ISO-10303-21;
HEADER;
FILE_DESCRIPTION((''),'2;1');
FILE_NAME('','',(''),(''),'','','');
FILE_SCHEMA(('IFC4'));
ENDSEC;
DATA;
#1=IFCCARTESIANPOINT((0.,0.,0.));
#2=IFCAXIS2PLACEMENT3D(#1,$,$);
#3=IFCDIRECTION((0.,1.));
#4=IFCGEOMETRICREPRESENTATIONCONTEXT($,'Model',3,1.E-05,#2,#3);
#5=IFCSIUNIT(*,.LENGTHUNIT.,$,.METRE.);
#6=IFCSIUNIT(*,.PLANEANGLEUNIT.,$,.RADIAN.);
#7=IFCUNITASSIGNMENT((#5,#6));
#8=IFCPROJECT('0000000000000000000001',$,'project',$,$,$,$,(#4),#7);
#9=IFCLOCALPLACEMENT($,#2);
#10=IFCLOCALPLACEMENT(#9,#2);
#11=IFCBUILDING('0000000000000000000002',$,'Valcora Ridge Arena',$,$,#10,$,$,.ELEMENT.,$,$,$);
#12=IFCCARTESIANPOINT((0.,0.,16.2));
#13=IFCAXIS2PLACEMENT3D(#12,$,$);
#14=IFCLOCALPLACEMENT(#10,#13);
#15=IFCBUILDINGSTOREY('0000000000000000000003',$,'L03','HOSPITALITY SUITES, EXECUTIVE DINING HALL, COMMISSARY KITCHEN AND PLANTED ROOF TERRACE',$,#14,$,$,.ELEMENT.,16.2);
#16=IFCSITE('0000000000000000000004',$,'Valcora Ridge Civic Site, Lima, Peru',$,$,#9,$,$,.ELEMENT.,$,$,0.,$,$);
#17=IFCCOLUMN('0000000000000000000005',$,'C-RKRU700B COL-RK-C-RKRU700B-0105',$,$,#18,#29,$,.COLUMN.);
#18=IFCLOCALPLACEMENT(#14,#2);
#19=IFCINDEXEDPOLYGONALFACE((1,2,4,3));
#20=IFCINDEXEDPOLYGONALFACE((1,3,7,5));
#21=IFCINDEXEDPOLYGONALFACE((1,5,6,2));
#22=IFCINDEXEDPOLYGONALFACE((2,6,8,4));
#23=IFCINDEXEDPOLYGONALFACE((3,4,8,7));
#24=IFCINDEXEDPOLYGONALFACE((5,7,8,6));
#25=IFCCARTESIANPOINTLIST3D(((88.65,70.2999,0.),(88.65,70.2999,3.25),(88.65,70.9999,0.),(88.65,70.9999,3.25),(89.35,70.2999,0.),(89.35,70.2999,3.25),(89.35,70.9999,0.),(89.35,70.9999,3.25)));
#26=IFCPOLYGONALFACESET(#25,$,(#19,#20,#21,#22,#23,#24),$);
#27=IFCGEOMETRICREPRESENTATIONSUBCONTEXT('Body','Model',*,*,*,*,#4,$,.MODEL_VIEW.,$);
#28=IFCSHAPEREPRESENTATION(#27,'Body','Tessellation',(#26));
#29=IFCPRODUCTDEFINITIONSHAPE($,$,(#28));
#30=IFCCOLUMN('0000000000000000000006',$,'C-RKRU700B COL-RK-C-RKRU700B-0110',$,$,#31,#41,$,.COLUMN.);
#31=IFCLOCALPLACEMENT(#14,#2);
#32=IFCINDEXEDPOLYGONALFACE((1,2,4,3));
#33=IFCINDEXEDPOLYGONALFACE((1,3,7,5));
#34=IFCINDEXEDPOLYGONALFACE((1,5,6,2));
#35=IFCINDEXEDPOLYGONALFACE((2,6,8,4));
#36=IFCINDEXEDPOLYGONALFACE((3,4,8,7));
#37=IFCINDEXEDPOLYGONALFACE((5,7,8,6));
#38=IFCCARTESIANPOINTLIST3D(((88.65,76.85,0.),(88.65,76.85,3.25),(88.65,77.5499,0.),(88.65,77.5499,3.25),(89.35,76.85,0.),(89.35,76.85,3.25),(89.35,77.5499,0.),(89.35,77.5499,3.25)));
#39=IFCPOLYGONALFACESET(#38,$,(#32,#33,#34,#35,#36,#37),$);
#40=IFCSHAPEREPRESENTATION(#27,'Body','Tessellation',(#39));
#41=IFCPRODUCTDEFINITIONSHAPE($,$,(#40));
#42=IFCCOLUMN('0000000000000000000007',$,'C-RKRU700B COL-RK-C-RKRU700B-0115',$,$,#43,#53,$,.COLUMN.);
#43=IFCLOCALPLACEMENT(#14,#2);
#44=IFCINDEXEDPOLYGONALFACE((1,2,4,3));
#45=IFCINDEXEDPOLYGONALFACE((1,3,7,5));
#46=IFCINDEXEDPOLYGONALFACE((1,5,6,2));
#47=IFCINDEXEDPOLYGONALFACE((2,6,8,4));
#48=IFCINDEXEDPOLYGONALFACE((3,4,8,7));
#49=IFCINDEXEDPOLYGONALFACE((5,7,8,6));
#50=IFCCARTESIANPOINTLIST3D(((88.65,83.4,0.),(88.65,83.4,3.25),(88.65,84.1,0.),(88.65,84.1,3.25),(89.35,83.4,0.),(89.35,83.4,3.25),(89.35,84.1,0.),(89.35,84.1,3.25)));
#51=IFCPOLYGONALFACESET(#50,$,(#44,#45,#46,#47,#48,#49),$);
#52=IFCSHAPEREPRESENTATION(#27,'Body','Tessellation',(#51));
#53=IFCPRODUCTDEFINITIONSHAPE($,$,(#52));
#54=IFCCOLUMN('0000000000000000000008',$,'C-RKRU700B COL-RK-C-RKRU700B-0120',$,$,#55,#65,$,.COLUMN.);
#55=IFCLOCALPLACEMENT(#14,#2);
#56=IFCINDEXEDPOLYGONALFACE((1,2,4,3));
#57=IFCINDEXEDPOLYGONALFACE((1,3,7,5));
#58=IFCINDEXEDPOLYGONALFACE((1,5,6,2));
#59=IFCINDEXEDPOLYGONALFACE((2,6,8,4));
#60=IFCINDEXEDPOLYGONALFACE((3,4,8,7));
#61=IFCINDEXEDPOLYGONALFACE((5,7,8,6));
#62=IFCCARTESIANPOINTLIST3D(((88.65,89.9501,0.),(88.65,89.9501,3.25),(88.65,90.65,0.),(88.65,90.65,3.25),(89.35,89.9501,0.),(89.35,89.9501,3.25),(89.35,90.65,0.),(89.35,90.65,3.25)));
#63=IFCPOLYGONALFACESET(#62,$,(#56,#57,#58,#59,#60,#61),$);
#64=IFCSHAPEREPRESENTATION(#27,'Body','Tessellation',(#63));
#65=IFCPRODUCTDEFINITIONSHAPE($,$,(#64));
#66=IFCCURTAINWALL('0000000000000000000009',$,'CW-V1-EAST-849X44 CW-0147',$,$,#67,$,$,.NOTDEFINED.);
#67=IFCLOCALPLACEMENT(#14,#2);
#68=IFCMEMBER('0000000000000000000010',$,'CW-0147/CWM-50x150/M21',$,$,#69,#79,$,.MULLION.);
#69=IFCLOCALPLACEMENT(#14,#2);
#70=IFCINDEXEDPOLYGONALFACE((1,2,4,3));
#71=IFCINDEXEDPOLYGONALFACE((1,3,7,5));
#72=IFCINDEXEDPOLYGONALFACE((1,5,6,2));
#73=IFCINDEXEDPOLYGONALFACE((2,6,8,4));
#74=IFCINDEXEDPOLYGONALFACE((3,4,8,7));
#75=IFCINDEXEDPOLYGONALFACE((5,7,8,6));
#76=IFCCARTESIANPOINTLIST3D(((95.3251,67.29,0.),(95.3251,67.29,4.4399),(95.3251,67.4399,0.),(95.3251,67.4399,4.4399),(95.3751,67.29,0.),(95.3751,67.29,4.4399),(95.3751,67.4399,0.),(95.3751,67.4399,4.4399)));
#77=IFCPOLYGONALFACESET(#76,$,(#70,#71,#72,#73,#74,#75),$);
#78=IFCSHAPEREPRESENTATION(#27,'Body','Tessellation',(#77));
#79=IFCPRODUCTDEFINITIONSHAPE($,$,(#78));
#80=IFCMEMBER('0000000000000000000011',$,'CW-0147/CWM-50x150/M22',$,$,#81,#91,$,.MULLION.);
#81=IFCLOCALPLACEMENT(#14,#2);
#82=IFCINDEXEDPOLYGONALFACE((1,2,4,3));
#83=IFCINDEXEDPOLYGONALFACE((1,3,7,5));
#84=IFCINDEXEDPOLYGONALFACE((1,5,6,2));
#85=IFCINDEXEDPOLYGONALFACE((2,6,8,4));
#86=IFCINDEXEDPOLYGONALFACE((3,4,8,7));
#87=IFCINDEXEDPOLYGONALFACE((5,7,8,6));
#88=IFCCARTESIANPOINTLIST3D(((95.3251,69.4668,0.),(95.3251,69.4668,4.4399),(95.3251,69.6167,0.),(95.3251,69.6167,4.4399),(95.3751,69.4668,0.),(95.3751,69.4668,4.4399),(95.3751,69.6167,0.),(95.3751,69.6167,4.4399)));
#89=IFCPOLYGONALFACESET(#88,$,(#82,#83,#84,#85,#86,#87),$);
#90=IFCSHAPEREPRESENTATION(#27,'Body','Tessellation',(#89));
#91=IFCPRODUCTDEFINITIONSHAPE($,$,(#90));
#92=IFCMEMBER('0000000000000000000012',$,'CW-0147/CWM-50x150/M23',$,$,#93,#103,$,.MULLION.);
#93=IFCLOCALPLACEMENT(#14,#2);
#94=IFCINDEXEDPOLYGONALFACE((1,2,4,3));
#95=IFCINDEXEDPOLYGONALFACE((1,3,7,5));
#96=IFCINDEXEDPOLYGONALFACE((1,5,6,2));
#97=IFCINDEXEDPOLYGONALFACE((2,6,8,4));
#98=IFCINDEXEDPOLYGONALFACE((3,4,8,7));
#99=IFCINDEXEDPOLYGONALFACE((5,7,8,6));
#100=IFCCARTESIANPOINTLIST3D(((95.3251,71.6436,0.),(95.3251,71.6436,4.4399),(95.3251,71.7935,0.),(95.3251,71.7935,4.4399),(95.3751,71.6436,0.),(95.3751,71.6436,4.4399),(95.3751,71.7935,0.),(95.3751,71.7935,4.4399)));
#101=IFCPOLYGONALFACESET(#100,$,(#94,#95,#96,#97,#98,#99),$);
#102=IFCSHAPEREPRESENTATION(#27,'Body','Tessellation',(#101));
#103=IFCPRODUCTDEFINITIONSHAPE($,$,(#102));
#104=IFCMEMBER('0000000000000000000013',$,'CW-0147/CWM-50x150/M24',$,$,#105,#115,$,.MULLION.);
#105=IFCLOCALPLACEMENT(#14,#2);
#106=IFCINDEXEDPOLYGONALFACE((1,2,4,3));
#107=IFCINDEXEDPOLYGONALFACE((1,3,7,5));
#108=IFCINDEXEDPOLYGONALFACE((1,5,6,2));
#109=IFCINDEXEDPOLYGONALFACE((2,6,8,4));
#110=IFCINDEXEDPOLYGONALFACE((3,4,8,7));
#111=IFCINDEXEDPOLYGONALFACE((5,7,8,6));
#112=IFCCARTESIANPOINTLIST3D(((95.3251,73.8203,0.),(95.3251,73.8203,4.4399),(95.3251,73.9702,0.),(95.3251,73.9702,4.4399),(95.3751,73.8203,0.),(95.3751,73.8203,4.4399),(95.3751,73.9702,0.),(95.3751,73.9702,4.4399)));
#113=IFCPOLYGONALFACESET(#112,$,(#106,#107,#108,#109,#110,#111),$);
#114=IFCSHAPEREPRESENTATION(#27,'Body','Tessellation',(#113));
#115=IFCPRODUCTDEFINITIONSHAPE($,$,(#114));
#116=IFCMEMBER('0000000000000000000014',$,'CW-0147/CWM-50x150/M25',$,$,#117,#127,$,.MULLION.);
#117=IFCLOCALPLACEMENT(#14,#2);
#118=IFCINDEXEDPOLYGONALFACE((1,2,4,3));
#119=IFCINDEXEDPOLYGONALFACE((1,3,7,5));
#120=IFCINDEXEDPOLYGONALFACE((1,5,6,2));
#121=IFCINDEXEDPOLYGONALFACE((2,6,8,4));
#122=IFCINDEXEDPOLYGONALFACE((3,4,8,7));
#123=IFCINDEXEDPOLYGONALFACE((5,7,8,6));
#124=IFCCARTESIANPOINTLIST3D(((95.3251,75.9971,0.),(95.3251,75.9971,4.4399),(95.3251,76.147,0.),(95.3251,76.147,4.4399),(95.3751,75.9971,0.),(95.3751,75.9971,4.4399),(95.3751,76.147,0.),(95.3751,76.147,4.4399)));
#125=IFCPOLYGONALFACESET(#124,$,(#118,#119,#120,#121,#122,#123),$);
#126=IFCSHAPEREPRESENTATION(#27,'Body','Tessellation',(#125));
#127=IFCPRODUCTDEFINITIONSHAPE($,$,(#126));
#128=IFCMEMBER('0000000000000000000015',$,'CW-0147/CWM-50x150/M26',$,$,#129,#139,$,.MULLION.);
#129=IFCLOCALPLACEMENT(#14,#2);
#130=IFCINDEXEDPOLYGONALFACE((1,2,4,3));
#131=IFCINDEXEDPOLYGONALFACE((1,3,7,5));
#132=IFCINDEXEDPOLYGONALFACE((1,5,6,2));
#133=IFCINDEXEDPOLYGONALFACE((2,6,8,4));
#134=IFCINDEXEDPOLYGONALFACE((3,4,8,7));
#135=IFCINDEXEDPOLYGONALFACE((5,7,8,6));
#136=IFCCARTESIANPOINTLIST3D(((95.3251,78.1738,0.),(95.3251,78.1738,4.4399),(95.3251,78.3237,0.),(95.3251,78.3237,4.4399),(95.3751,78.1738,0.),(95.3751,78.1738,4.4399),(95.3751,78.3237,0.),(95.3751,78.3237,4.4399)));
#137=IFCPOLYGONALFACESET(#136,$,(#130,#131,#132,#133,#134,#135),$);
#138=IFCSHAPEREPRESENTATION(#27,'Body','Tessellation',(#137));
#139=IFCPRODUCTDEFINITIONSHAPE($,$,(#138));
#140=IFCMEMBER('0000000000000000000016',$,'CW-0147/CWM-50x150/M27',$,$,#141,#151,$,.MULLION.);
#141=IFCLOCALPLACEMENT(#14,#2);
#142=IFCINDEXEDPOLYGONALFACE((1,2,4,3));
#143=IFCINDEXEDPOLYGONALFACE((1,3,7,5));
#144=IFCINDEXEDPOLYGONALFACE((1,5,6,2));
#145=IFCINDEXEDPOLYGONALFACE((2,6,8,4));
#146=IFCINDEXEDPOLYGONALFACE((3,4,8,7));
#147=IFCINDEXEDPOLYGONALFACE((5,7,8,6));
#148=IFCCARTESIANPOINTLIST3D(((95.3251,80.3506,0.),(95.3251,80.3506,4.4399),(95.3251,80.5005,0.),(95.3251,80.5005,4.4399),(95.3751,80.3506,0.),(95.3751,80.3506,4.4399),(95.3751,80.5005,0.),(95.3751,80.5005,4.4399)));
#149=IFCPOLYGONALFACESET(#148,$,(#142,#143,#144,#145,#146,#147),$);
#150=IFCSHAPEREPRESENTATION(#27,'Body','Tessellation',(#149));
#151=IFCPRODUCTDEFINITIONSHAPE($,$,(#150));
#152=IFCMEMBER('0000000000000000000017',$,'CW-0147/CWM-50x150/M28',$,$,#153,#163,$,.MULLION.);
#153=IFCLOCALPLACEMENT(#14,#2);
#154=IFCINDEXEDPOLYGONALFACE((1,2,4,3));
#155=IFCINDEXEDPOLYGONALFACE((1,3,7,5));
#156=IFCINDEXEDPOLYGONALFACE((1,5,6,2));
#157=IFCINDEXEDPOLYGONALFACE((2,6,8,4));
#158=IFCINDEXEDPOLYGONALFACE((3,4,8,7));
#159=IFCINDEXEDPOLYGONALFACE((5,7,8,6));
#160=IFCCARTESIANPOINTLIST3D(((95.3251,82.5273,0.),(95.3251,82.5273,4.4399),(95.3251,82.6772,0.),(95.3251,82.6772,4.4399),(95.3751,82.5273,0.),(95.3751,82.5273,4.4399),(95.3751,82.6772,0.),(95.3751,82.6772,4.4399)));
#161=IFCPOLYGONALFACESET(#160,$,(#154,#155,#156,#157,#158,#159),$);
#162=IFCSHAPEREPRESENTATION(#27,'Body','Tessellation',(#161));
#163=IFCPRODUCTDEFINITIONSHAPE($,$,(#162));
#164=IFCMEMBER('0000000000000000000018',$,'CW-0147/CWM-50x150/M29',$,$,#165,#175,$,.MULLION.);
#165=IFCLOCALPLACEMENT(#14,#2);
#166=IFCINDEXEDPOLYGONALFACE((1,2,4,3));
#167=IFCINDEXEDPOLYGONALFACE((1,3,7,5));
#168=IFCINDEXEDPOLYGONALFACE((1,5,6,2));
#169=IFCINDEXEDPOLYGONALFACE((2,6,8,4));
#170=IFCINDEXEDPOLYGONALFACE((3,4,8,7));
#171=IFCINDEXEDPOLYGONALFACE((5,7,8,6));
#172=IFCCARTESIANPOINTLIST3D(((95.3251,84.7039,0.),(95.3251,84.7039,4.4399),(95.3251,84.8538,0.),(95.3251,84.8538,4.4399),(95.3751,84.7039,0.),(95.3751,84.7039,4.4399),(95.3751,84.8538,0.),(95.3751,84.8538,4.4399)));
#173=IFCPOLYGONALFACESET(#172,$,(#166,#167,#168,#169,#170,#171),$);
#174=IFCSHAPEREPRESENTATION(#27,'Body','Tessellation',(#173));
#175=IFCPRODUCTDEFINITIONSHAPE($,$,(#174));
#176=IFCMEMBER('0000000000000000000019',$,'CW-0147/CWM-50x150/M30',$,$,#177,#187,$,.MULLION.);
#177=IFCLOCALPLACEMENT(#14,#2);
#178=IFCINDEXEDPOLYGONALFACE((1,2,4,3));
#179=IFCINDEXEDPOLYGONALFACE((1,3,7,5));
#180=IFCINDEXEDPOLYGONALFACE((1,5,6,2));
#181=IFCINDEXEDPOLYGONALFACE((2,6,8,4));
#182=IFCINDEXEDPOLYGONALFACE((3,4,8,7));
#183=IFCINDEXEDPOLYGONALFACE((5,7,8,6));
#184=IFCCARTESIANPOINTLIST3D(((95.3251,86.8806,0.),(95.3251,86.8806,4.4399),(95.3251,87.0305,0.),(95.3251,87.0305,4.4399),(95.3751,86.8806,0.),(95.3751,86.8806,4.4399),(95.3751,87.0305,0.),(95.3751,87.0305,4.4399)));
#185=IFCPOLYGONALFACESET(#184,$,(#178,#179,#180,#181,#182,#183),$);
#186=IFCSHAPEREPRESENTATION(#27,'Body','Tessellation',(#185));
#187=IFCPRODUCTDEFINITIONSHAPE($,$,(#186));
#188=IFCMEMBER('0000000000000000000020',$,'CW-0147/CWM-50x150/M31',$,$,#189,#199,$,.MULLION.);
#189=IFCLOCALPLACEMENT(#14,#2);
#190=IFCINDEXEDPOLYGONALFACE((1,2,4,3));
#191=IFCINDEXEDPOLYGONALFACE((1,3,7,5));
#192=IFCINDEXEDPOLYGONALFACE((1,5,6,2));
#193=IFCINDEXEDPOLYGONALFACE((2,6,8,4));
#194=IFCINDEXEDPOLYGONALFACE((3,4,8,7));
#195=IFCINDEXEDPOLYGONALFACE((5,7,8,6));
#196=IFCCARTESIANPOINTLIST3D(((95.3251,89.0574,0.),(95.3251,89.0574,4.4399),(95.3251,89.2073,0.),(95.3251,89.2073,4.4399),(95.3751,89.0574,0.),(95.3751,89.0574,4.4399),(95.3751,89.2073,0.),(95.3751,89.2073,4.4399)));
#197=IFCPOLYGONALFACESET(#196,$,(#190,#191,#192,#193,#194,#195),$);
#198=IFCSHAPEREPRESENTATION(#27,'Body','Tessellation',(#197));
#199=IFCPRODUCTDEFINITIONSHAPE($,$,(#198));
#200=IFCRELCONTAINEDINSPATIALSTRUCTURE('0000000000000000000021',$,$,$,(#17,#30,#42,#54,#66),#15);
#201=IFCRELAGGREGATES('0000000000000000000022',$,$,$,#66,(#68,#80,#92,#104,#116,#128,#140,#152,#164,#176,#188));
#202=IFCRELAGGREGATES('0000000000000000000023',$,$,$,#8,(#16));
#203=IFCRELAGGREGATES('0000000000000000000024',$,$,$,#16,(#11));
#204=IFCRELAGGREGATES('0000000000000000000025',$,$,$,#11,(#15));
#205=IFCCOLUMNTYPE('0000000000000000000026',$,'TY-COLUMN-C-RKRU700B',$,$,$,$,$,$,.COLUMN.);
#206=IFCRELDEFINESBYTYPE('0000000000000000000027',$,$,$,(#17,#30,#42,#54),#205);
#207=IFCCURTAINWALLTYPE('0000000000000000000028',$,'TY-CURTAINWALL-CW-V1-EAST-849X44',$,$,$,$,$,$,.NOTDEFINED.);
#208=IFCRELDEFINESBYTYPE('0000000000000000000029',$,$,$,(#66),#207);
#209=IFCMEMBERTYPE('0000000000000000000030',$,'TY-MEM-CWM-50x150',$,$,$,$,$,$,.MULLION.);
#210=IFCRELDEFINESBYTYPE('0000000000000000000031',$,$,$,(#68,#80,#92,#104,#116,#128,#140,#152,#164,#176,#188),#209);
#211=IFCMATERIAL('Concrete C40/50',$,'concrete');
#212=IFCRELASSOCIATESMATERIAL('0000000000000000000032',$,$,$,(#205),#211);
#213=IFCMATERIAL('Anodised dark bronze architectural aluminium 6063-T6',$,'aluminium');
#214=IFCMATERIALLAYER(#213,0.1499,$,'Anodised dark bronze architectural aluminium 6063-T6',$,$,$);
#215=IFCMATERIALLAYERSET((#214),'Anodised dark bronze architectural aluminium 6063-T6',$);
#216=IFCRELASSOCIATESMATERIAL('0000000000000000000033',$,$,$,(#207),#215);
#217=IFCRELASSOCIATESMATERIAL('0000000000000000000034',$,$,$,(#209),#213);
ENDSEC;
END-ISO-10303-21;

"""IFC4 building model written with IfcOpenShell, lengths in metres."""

from ifc_helpers import new_model, si_unit, direction, frame, origin, origin_2d, place, context, subcontext, project, spatial, rectangle, extrude, material, layer, layer_set, material_profile, profile_set, type_object, element, aggregate, save


model = new_model("IFC4")

# Units and contexts
model_context = context("Model", 3, precision=1e-05, world=origin(), true_north=direction((0.0, 1.0)))
body_context = subcontext(model_context, "Body", "Model", "MODEL_VIEW")
ifc_project = project(units=[si_unit("LENGTHUNIT", "METRE"), si_unit("PLANEANGLEUNIT", "RADIAN")], contexts=[model_context])

# Site, building, storey
site_placement = place(None, origin())
site = spatial("IfcSite", under=ifc_project, at=site_placement, Name="Valcora Ridge Civic Site, Lima, Peru", CompositionType="ELEMENT", RefElevation=0.0)
building_placement = place(site_placement, origin())
building = spatial("IfcBuilding", under=site, at=building_placement, Name="Valcora Ridge Arena", CompositionType="ELEMENT")
storey_placement = place(building_placement, frame((0.0, 0.0, 16.2)))
storey = spatial("IfcBuildingStorey", under=building, at=storey_placement, Name="L03", Description="HOSPITALITY SUITES, EXECUTIVE DINING HALL, COMMISSARY KITCHEN AND PLANTED ROOF TERRACE", CompositionType="ELEMENT", Elevation=16.2)

# Columns
ifc_material_1 = material(Name="Concrete C40/50", Category="concrete")
ifc_material_profile_1 = material_profile(ifc_material_1, rectangle(XDim=0.7, YDim=0.7, at=origin_2d()), Name="RC 700x700")
ifc_profile_set_1 = profile_set([ifc_material_profile_1], Name="Concrete C40/50")
column_type = type_object("IfcColumnType", Name="TY-COLUMN-C-RKRU700B", PredefinedType="COLUMN", material=ifc_profile_set_1)
for number, where, z_axis, x_axis, name in (
    (1, (89.0, 70.6499, 0.0), (0.0, 0.0, 1.0), (1.0, 0.0, 0.0), "C-RKRU700B COL-RK-C-RKRU700B-0105"),
    (2, (89.0, 77.2, 0.0), (0.0, 0.0, 1.0), (1.0, 0.0, 0.0), "C-RKRU700B COL-RK-C-RKRU700B-0110"),
    (3, (89.0, 83.75, 0.0), (0.0, 0.0, 1.0), (1.0, 0.0, 0.0), "C-RKRU700B COL-RK-C-RKRU700B-0115"),
    (4, (89.0, 90.3, 0.0), (0.0, 0.0, 1.0), (1.0, 0.0, 0.0), "C-RKRU700B COL-RK-C-RKRU700B-0120"),
):
    element("IfcColumn", number, at=place(storey_placement, frame(where, z_axis=z_axis, x_axis=x_axis)), inside=storey, type_object=column_type, Name=name, PredefinedType="COLUMN", context=body_context, shape_type="SweptSolid", body=[
        extrude(rectangle(XDim=0.7, YDim=0.7, at=origin_2d()), origin(), (0.0, 0.0, 1.0), 3.25),
    ])

# Curtain wall, members
ifc_material_2 = material(Name="Anodised dark bronze architectural aluminium 6063-T6", Category="aluminium")
ifc_layer = layer(ifc_material_2, 0.1499, Name="Anodised dark bronze architectural aluminium 6063-T6")
ifc_layer_set = layer_set([ifc_layer], Name="Anodised dark bronze architectural aluminium 6063-T6")
curtain_wall_type = type_object("IfcCurtainWallType", Name="TY-CURTAINWALL-CW-V1-EAST-849X44", PredefinedType="NOTDEFINED", material=ifc_layer_set)
curtain_wall_placement = place(storey_placement, origin())
curtain_wall = element("IfcCurtainWall", 5, at=curtain_wall_placement, inside=storey, type_object=curtain_wall_type, Name="CW-V1-EAST-849X44 CW-0147", PredefinedType="NOTDEFINED")
ifc_material_profile_2 = material_profile(ifc_material_2, rectangle(XDim=0.05, YDim=0.1499, at=origin_2d()), Name="ALU MULLION 50x150")
ifc_profile_set_2 = profile_set([ifc_material_profile_2], Name="Anodised dark bronze architectural aluminium 6063-T6")
member_type_1 = type_object("IfcMemberType", Name="TY-MEM-CWM-50x150", PredefinedType="MULLION", material=ifc_profile_set_2)
member_1_placement = place(storey_placement, frame((95.3501, 67.365, 0.0), z_axis=(0.0, 0.0, 1.0), x_axis=(-1.0, 0.0, 0.0)))
member_1 = element("IfcMember", 6, at=member_1_placement, type_object=member_type_1, Name="CW-0147/CWM-50x150/M21", PredefinedType="MULLION", context=body_context, shape_type="SweptSolid", body=[
    extrude(rectangle(XDim=0.05, YDim=0.1499, at=origin_2d()), origin(), (0.0, 0.0, 1.0), 4.4399),
])
member_2_placement = place(storey_placement, frame((95.3501, 69.5417, 0.0), z_axis=(0.0, 0.0, 1.0), x_axis=(-1.0, 0.0, 0.0)))
member_2 = element("IfcMember", 7, at=member_2_placement, type_object=member_type_1, Name="CW-0147/CWM-50x150/M22", PredefinedType="MULLION", context=body_context, shape_type="SweptSolid", body=[
    extrude(rectangle(XDim=0.05, YDim=0.1499, at=origin_2d()), origin(), (0.0, 0.0, 1.0), 4.4399),
])
member_3_placement = place(storey_placement, frame((95.3501, 71.7185, 0.0), z_axis=(0.0, 0.0, 1.0), x_axis=(-1.0, 0.0, 0.0)))
member_3 = element("IfcMember", 8, at=member_3_placement, type_object=member_type_1, Name="CW-0147/CWM-50x150/M23", PredefinedType="MULLION", context=body_context, shape_type="SweptSolid", body=[
    extrude(rectangle(XDim=0.05, YDim=0.1499, at=origin_2d()), origin(), (0.0, 0.0, 1.0), 4.4399),
])
member_4_placement = place(storey_placement, frame((95.3501, 73.8953, 0.0), z_axis=(0.0, 0.0, 1.0), x_axis=(-1.0, 0.0, 0.0)))
member_4 = element("IfcMember", 9, at=member_4_placement, type_object=member_type_1, Name="CW-0147/CWM-50x150/M24", PredefinedType="MULLION", context=body_context, shape_type="SweptSolid", body=[
    extrude(rectangle(XDim=0.05, YDim=0.1499, at=origin_2d()), origin(), (0.0, 0.0, 1.0), 4.4399),
])
member_5_placement = place(storey_placement, frame((95.3501, 76.072, 0.0), z_axis=(0.0, 0.0, 1.0), x_axis=(-1.0, 0.0, 0.0)))
member_5 = element("IfcMember", 10, at=member_5_placement, type_object=member_type_1, Name="CW-0147/CWM-50x150/M25", PredefinedType="MULLION", context=body_context, shape_type="SweptSolid", body=[
    extrude(rectangle(XDim=0.05, YDim=0.1499, at=origin_2d()), origin(), (0.0, 0.0, 1.0), 4.4399),
])
member_6_placement = place(storey_placement, frame((95.3501, 78.2488, 0.0), z_axis=(0.0, 0.0, 1.0), x_axis=(-1.0, 0.0, 0.0)))
member_6 = element("IfcMember", 11, at=member_6_placement, type_object=member_type_1, Name="CW-0147/CWM-50x150/M26", PredefinedType="MULLION", context=body_context, shape_type="SweptSolid", body=[
    extrude(rectangle(XDim=0.05, YDim=0.1499, at=origin_2d()), origin(), (0.0, 0.0, 1.0), 4.4399),
])
member_7_placement = place(storey_placement, frame((95.3501, 80.4255, 0.0), z_axis=(0.0, 0.0, 1.0), x_axis=(-1.0, 0.0, 0.0)))
member_7 = element("IfcMember", 12, at=member_7_placement, type_object=member_type_1, Name="CW-0147/CWM-50x150/M27", PredefinedType="MULLION", context=body_context, shape_type="SweptSolid", body=[
    extrude(rectangle(XDim=0.05, YDim=0.1499, at=origin_2d()), origin(), (0.0, 0.0, 1.0), 4.4399),
])
member_8_placement = place(storey_placement, frame((95.3501, 82.6023, 0.0), z_axis=(0.0, 0.0, 1.0), x_axis=(-1.0, 0.0, 0.0)))
member_8 = element("IfcMember", 13, at=member_8_placement, type_object=member_type_1, Name="CW-0147/CWM-50x150/M28", PredefinedType="MULLION", context=body_context, shape_type="SweptSolid", body=[
    extrude(rectangle(XDim=0.05, YDim=0.1499, at=origin_2d()), origin(), (0.0, 0.0, 1.0), 4.4399),
])
member_9_placement = place(storey_placement, frame((95.3501, 84.7788, 0.0), z_axis=(0.0, 0.0, 1.0), x_axis=(-1.0, 0.0, 0.0)))
member_9 = element("IfcMember", 14, at=member_9_placement, type_object=member_type_1, Name="CW-0147/CWM-50x150/M29", PredefinedType="MULLION", context=body_context, shape_type="SweptSolid", body=[
    extrude(rectangle(XDim=0.05, YDim=0.1499, at=origin_2d()), origin(), (0.0, 0.0, 1.0), 4.4399),
])
member_10_placement = place(storey_placement, frame((95.3501, 86.9556, 0.0), z_axis=(0.0, 0.0, 1.0), x_axis=(-1.0, 0.0, 0.0)))
member_10 = element("IfcMember", 15, at=member_10_placement, type_object=member_type_1, Name="CW-0147/CWM-50x150/M30", PredefinedType="MULLION", context=body_context, shape_type="SweptSolid", body=[
    extrude(rectangle(XDim=0.05, YDim=0.1499, at=origin_2d()), origin(), (0.0, 0.0, 1.0), 4.4399),
])
member_11_placement = place(storey_placement, frame((95.3501, 89.1323, 0.0), z_axis=(0.0, 0.0, 1.0), x_axis=(-1.0, 0.0, 0.0)))
member_11 = element("IfcMember", 16, at=member_11_placement, type_object=member_type_1, Name="CW-0147/CWM-50x150/M31", PredefinedType="MULLION", context=body_context, shape_type="SweptSolid", body=[
    extrude(rectangle(XDim=0.05, YDim=0.1499, at=origin_2d()), origin(), (0.0, 0.0, 1.0), 4.4399),
])
aggregate(curtain_wall, [member_1, member_2, member_3, member_4, member_5, member_6, member_7, member_8, member_9, member_10, member_11])

save(model, "model.ifc")
